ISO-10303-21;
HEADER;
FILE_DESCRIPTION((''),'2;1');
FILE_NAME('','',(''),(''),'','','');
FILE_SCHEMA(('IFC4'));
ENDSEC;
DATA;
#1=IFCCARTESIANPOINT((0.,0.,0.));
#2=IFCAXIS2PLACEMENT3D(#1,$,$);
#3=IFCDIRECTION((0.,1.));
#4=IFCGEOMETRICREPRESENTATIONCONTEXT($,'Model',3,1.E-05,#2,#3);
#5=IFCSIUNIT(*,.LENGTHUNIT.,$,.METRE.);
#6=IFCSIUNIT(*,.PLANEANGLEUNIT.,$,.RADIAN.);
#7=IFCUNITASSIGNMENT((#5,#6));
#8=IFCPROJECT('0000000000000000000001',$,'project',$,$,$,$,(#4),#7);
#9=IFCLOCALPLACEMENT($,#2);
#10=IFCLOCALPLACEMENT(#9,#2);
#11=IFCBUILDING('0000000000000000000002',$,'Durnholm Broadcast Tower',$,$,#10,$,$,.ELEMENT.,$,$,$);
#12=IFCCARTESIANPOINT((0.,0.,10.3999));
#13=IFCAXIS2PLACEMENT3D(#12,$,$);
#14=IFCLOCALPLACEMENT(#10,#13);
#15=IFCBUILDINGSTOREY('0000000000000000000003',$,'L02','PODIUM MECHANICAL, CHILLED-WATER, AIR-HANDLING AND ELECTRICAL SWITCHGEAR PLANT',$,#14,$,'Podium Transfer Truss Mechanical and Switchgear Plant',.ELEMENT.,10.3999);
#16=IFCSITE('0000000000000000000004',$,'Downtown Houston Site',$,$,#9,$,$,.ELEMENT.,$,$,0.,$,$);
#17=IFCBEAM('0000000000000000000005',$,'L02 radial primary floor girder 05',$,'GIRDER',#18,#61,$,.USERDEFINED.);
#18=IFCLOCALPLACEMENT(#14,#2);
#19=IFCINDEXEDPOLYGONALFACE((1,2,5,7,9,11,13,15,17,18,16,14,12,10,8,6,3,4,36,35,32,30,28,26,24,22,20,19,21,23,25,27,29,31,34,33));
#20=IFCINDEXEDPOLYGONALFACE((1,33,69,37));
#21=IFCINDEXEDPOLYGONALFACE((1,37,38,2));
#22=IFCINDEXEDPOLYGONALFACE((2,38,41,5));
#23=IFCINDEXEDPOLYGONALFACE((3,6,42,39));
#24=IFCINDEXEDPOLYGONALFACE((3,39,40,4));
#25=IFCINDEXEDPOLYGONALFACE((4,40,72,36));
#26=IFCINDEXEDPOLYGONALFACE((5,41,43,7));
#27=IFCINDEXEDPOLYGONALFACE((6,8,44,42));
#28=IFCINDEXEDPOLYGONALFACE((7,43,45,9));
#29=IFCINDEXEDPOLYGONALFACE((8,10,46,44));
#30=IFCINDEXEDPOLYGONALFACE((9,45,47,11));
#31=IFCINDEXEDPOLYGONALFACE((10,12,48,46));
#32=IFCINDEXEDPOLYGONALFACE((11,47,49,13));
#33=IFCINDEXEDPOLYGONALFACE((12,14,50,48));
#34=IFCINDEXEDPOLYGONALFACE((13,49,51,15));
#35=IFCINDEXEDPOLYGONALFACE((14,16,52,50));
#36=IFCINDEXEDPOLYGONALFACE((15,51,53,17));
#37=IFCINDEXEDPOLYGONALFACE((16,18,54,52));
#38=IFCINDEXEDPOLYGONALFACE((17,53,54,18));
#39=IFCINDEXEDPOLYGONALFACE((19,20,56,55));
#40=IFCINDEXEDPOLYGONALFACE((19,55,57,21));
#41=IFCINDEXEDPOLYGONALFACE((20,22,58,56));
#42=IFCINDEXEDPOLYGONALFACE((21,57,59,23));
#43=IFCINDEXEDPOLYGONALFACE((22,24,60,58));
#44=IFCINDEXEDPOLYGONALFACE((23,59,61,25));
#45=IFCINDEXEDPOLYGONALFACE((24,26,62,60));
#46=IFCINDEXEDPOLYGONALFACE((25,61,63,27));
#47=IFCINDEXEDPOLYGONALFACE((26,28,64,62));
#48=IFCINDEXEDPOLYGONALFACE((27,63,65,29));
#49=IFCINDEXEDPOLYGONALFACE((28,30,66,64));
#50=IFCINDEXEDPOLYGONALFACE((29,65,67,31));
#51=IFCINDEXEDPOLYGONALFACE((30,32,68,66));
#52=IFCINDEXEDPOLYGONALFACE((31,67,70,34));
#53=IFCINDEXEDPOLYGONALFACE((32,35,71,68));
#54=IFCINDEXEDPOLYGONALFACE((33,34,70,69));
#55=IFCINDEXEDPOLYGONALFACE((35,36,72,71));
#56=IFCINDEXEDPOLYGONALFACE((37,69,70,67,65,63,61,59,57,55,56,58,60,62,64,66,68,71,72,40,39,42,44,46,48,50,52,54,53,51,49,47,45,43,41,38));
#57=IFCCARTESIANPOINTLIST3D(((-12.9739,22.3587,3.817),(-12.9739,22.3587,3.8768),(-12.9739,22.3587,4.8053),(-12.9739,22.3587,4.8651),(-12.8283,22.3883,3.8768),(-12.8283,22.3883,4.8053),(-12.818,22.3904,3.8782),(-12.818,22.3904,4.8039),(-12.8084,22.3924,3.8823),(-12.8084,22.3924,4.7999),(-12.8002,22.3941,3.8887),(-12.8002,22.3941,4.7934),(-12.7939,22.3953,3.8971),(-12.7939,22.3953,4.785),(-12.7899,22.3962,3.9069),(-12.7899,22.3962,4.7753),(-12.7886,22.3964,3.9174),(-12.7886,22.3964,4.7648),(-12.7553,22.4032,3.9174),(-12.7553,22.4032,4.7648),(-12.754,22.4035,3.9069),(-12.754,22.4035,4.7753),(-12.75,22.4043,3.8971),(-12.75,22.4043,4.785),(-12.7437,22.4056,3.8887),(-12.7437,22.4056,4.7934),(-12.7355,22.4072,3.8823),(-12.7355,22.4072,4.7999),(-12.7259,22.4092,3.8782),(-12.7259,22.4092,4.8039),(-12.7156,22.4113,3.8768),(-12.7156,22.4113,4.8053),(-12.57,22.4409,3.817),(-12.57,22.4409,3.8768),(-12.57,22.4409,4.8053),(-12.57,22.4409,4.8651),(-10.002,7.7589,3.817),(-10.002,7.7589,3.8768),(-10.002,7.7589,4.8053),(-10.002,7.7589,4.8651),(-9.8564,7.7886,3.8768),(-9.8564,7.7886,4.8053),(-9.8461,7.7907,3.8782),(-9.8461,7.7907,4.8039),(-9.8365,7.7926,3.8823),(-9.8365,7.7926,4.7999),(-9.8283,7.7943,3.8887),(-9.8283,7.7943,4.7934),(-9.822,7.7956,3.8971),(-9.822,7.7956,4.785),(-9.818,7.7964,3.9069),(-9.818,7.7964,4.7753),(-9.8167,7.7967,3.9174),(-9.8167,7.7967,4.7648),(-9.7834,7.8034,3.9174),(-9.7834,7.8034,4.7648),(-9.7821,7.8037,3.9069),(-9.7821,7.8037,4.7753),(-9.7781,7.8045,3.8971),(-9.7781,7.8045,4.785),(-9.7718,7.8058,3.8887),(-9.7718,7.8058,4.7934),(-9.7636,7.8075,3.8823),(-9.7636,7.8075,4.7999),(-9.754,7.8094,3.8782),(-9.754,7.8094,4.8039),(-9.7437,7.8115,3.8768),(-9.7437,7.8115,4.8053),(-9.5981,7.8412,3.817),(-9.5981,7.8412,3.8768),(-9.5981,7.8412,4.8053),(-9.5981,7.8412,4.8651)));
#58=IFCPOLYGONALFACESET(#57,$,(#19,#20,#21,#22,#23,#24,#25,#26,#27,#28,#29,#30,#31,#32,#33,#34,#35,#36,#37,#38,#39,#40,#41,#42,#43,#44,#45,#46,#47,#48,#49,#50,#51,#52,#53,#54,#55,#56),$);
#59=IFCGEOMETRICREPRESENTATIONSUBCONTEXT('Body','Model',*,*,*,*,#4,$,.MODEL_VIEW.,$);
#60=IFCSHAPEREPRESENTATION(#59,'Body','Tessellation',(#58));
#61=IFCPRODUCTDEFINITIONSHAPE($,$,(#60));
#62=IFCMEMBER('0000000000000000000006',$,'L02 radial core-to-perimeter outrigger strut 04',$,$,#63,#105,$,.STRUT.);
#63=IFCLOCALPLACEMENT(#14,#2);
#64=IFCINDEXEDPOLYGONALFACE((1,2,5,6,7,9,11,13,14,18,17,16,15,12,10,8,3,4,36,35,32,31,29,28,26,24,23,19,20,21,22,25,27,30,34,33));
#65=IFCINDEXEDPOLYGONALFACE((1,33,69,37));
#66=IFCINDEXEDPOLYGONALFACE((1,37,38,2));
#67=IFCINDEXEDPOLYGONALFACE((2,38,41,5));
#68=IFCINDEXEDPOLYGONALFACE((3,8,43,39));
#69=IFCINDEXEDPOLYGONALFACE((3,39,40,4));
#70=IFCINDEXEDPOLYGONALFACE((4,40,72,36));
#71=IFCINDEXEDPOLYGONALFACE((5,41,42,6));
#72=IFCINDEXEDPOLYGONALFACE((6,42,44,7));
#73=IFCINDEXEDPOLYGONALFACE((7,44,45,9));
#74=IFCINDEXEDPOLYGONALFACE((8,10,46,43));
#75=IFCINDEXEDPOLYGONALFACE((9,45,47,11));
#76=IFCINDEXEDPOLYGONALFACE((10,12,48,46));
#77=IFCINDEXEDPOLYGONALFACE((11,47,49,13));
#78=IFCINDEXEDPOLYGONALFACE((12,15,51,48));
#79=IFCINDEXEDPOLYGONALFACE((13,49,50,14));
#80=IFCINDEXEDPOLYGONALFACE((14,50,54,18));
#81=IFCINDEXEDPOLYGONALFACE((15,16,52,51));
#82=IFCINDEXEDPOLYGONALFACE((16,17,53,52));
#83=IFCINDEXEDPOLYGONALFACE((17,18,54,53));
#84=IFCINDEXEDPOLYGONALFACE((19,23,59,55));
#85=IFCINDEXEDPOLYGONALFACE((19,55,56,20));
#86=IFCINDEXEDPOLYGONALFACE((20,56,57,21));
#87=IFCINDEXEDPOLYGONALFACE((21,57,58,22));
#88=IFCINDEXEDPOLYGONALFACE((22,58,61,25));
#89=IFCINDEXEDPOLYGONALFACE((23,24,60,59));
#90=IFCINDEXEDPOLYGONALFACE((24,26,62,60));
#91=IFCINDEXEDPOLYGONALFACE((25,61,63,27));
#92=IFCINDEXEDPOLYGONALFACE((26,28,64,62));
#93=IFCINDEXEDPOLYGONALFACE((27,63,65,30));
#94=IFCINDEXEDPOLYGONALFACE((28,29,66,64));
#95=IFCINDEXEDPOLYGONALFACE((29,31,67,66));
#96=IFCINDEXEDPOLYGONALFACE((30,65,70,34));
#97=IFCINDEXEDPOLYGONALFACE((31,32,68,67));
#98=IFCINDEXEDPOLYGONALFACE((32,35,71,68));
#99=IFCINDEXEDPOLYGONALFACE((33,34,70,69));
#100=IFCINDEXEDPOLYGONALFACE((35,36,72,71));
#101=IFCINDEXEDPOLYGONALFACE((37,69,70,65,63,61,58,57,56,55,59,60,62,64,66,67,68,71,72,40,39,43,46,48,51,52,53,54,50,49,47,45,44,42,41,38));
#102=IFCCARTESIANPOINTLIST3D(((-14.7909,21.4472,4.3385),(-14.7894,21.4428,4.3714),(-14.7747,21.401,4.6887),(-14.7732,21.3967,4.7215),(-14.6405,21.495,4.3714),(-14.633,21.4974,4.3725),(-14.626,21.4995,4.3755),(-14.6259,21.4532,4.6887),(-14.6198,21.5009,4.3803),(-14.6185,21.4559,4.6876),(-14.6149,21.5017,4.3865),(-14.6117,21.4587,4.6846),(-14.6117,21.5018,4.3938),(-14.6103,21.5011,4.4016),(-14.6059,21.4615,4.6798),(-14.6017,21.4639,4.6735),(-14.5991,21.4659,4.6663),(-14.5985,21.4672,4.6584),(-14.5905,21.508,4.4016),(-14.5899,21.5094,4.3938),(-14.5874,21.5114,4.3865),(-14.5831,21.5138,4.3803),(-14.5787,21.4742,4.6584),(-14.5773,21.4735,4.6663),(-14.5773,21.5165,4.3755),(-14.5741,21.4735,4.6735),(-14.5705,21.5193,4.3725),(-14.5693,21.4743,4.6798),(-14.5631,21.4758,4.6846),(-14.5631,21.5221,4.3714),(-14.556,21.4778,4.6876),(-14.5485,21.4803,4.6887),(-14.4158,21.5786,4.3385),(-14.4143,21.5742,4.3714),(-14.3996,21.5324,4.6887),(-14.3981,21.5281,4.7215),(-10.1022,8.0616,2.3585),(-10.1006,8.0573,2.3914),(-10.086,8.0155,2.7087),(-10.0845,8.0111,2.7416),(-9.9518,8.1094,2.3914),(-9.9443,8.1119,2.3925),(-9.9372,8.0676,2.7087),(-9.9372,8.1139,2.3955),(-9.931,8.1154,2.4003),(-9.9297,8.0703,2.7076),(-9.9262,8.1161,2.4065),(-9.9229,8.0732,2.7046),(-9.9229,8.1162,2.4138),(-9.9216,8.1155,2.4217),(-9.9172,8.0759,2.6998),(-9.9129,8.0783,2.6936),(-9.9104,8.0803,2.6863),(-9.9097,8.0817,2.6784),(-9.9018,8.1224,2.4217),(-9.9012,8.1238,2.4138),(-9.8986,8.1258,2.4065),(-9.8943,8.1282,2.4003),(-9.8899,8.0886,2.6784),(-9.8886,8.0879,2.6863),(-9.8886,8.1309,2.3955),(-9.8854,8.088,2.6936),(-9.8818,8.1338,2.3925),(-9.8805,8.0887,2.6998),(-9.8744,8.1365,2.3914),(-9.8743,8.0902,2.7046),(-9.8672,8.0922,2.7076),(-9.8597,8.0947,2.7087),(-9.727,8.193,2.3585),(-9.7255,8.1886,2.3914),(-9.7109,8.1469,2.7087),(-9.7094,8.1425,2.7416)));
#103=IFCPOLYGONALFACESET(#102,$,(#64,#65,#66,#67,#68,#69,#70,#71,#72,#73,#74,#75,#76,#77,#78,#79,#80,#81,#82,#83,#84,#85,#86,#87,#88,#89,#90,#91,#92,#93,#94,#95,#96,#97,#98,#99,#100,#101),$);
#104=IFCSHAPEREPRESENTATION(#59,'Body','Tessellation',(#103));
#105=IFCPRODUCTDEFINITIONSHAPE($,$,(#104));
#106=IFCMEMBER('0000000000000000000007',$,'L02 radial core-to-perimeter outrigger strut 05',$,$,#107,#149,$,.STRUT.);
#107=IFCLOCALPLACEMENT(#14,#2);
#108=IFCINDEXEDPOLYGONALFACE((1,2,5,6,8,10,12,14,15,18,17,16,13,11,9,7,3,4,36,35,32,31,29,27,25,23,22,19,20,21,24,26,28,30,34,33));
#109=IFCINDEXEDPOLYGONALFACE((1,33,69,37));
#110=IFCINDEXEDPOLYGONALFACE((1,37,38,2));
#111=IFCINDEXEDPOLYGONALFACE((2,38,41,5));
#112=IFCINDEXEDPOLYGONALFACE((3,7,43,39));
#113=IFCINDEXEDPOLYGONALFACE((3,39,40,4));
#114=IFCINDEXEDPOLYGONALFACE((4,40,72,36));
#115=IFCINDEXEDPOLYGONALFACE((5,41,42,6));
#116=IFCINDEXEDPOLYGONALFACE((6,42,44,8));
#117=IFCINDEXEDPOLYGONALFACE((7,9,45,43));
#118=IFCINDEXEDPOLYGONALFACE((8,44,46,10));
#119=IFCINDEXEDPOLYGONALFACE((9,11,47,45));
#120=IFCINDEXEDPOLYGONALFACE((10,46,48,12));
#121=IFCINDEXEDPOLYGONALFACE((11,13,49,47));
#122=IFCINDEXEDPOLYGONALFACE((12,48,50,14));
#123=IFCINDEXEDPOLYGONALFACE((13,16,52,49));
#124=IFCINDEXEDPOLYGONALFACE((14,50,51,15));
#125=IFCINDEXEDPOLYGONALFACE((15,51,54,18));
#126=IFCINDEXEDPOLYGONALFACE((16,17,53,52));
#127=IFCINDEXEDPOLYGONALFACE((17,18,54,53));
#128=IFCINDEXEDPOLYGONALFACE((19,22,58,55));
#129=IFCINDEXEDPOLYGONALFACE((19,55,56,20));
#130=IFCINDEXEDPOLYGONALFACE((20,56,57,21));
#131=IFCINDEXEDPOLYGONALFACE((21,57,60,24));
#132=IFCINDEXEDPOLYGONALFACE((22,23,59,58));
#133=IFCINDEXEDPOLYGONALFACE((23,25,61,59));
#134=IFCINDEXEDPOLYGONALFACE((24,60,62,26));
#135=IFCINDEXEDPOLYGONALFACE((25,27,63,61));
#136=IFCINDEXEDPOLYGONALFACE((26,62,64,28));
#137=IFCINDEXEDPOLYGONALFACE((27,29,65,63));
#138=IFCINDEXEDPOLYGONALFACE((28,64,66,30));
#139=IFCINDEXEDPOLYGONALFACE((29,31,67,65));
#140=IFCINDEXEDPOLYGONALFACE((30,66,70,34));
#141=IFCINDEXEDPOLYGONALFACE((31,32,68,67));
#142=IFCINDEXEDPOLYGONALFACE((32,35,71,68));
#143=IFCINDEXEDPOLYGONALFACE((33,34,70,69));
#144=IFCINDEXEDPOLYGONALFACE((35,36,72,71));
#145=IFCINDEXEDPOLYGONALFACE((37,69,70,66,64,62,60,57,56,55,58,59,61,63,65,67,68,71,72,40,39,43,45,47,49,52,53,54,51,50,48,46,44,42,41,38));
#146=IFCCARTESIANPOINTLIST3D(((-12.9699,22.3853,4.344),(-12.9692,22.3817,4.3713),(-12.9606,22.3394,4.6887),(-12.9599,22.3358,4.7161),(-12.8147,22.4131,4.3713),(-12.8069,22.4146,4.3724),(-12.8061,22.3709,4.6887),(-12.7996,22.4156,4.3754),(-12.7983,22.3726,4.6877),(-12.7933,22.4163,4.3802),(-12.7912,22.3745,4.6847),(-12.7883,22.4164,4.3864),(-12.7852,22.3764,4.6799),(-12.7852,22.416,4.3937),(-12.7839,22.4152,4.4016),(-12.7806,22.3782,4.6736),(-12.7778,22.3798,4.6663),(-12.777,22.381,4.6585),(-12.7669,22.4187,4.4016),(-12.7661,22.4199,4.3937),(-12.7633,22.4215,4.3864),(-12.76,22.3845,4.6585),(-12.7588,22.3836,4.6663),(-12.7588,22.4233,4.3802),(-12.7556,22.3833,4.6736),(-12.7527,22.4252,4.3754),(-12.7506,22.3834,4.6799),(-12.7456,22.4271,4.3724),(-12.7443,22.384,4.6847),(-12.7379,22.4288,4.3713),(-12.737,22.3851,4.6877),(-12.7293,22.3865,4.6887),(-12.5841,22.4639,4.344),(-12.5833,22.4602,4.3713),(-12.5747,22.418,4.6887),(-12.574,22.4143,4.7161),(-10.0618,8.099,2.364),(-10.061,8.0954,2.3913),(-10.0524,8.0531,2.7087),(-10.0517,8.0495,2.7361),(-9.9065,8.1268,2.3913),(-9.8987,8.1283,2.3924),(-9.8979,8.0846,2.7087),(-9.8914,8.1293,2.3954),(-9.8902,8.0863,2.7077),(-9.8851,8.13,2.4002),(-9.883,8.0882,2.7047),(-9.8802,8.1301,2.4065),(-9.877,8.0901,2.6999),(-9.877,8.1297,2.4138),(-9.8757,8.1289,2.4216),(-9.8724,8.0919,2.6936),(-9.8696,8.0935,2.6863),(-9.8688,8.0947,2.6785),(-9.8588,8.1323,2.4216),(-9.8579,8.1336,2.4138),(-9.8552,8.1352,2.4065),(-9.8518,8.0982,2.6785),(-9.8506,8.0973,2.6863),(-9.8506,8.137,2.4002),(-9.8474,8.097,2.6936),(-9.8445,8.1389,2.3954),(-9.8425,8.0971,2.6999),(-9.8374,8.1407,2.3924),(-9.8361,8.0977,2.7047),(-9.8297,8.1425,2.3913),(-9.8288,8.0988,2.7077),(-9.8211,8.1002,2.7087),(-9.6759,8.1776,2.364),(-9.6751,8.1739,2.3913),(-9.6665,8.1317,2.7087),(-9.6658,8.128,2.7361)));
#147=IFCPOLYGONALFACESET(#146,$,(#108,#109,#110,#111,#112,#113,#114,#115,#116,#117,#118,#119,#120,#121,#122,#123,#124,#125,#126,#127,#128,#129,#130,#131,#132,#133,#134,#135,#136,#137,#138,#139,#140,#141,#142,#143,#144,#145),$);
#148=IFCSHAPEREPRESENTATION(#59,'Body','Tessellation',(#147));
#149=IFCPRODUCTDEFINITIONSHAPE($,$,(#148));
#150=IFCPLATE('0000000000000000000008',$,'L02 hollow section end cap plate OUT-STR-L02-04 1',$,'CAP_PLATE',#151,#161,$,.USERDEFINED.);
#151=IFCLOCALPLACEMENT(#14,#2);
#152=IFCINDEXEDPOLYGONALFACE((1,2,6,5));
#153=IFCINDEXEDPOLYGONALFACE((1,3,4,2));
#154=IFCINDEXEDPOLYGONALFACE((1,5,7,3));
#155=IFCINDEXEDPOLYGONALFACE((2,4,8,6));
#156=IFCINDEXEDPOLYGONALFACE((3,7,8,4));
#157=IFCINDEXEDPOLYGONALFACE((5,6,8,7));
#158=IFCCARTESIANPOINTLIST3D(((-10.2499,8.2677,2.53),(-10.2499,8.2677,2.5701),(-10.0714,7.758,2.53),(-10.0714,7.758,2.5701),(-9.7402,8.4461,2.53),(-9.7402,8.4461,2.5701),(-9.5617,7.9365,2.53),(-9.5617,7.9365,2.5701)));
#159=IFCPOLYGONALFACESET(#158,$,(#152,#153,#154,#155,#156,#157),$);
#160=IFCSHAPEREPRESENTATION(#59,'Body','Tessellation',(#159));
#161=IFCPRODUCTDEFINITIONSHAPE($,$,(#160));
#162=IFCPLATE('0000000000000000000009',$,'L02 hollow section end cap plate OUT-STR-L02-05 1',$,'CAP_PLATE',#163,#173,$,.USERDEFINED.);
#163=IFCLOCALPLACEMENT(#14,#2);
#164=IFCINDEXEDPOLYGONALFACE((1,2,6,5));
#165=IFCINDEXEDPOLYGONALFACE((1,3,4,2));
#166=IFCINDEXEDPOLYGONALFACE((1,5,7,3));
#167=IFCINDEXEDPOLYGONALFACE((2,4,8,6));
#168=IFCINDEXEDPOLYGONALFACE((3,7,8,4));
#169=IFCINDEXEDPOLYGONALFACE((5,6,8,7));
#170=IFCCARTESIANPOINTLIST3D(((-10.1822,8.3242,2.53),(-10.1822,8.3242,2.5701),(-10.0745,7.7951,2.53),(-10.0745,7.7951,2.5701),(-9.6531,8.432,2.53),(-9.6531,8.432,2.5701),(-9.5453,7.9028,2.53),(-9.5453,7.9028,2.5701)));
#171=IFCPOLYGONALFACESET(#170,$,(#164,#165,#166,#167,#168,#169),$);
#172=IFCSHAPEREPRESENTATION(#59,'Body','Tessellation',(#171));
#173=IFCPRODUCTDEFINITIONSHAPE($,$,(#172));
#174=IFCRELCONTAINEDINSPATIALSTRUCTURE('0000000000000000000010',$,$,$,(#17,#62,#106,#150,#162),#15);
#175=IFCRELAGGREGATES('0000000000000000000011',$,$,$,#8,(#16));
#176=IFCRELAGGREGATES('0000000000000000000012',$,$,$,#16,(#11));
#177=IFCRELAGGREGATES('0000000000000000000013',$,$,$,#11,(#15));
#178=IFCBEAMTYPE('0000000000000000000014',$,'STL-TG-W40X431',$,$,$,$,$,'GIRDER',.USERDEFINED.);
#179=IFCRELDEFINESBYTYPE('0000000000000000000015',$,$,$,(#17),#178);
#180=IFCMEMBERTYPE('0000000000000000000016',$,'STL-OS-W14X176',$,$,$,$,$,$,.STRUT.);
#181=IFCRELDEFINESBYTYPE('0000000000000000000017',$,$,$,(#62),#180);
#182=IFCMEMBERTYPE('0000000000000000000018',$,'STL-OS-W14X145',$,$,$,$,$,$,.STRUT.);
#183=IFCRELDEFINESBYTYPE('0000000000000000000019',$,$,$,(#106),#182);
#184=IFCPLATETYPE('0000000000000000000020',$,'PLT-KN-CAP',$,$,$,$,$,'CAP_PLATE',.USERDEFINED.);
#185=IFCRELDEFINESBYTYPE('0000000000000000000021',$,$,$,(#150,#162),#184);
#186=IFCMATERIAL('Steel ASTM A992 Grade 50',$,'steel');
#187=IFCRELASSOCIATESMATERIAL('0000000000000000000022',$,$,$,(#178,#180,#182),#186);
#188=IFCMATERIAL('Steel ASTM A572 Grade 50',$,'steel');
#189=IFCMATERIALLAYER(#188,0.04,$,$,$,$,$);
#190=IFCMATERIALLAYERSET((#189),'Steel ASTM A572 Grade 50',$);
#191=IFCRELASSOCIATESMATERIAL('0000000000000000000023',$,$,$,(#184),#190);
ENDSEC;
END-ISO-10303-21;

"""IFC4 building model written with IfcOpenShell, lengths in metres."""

from ifc_helpers import new_model, si_unit, direction, frame, origin, origin_2d, place, context, subcontext, project, spatial, rectangle, i_section, extrude, source, transform, mapped, material, layer, layer_set, material_profile, profile_set, type_object, type_shapes, element, save


model = new_model("IFC4")

# Units and contexts
model_context = context("Model", 3, precision=1e-05, world=origin(), true_north=direction((0.0, 1.0)))
body_context = subcontext(model_context, "Body", "Model", "MODEL_VIEW")
ifc_project = project(units=[si_unit("LENGTHUNIT", "METRE"), si_unit("PLANEANGLEUNIT", "RADIAN")], contexts=[model_context])

# Site, building, storey
site_placement = place(None, origin())
site = spatial("IfcSite", under=ifc_project, at=site_placement, Name="Downtown Houston Site", CompositionType="ELEMENT", RefElevation=0.0)
building_placement = place(site_placement, origin())
building = spatial("IfcBuilding", under=site, at=building_placement, Name="Durnholm Broadcast Tower", CompositionType="ELEMENT")
storey_placement = place(building_placement, frame((0.0, 0.0, 10.3999)))
storey = spatial("IfcBuildingStorey", under=building, at=storey_placement, Name="L02", Description="PODIUM MECHANICAL, CHILLED-WATER, AIR-HANDLING AND ELECTRICAL SWITCHGEAR PLANT", LongName="Podium Transfer Truss Mechanical and Switchgear Plant", CompositionType="ELEMENT", Elevation=10.3999)

# Beam
ifc_material_1 = material(Name="Steel ASTM A992 Grade 50", Category="steel")
ifc_material_profile_1 = material_profile(ifc_material_1, i_section(OverallWidth=0.4121, OverallDepth=1.0481, WebThickness=0.0339, FlangeThickness=0.0598, FilletRadius=0.0405, at=origin_2d()), Name="W40X431")
ifc_profile_set_1 = profile_set([ifc_material_profile_1], Name="Steel ASTM A992 Grade 50")
beam_type = type_object("IfcBeamType", Name="STL-TG-W40X431", ElementType="GIRDER", PredefinedType="USERDEFINED", material=ifc_profile_set_1)
shared_shape_1 = source(origin(), body_context, "Body", "SweptSolid", [
    extrude(i_section(OverallWidth=0.4121, OverallDepth=1.0481, WebThickness=0.0339, FlangeThickness=0.0598, FilletRadius=0.0405, at=origin_2d()), origin(), (0.0, 0.0, 1.0), 14.8992),
])
beam_1_placement = place(storey_placement, frame((-9.8, 7.8, 4.3411), z_axis=(-0.199468, 0.979904, 0.0), x_axis=(-0.979904, -0.199468, 0.0)))
element("IfcBeam", 1, at=beam_1_placement, inside=storey, type_object=beam_type, Name="L02 radial primary floor girder 05", ObjectType="GIRDER", PredefinedType="USERDEFINED", context=body_context, shape_type="MappedRepresentation", body=[
    mapped(shared_shape_1, transform((0.0, 0.0, 0.0), x_axis=(1.0, 0.0, 0.0), y_axis=(0.0, 1.0, 0.0), z_axis=(0.0, 0.0, 1.0), scale=1.0)),
])

# Members
ifc_material_profile_2 = material_profile(ifc_material_1, i_section(OverallWidth=0.3975, OverallDepth=0.3867, WebThickness=0.021, FlangeThickness=0.0332, FilletRadius=0.0305, at=origin_2d()), Name="W14X176")
ifc_profile_set_2 = profile_set([ifc_material_profile_2], Name="Steel ASTM A992 Grade 50")
member_type_1 = type_object("IfcMemberType", Name="STL-OS-W14X176", PredefinedType="STRUT", material=ifc_profile_set_2)
shared_shape_2 = source(origin(), body_context, "Body", "SweptSolid", [
    extrude(i_section(OverallWidth=0.3975, OverallDepth=0.3867, WebThickness=0.021, FlangeThickness=0.0332, FilletRadius=0.0305, at=origin_2d()), origin(), (0.0, 0.0, 1.0), 14.3206),
])
type_shapes(member_type_1, [shared_shape_2])
member_1_placement = place(storey_placement, frame((-9.9058, 8.1021, 2.55), z_axis=(-0.327414, 0.934711, 0.138262), x_axis=(-0.943775, -0.330589, 0.0)))
element("IfcMember", 2, at=member_1_placement, inside=storey, type_object=member_type_1, Name="L02 radial core-to-perimeter outrigger strut 04", PredefinedType="STRUT", context=body_context, shape_type="MappedRepresentation", body=[
    mapped(shared_shape_2, transform((0.0, 0.0, 0.0), x_axis=(1.0, 0.0, 0.0), y_axis=(0.0, 1.0, 0.0), z_axis=(0.0, 0.0, 1.0), scale=1.0)),
])
ifc_material_profile_3 = material_profile(ifc_material_1, i_section(OverallWidth=0.3938, OverallDepth=0.3755, WebThickness=0.0173, FlangeThickness=0.0276, FilletRadius=0.0305, at=origin_2d()), Name="W14X145")
ifc_profile_set_3 = profile_set([ifc_material_profile_3], Name="Steel ASTM A992 Grade 50")
member_type_2 = type_object("IfcMemberType", Name="STL-OS-W14X145", PredefinedType="STRUT", material=ifc_profile_set_3)
shared_shape_3 = source(origin(), body_context, "Body", "SweptSolid", [
    extrude(i_section(OverallWidth=0.3938, OverallDepth=0.3755, WebThickness=0.0173, FlangeThickness=0.0276, FilletRadius=0.0305, at=origin_2d()), origin(), (0.0, 0.0, 1.0), 14.7131),
])
type_shapes(member_type_2, [shared_shape_3])
member_2_placement = place(storey_placement, frame((-9.8638, 8.1135, 2.55), z_axis=(-0.197659, 0.97099, 0.134572), x_axis=(-0.979903, -0.199474, 0.0)))
element("IfcMember", 3, at=member_2_placement, inside=storey, type_object=member_type_2, Name="L02 radial core-to-perimeter outrigger strut 05", PredefinedType="STRUT", context=body_context, shape_type="MappedRepresentation", body=[
    mapped(shared_shape_3, transform((0.0, 0.0, 0.0), x_axis=(1.0, 0.0, 0.0), y_axis=(0.0, 1.0, 0.0), z_axis=(0.0, 0.0, 1.0), scale=1.0)),
])

# Plates
ifc_material_2 = material(Name="Steel ASTM A572 Grade 50", Category="steel")
ifc_layer_1 = layer(ifc_material_2, 0.04)
ifc_layer_set_1 = layer_set([ifc_layer_1], Name="Steel ASTM A572 Grade 50")
plate_type_1 = type_object("IfcPlateType", Name="PLT-KN-CAP", ElementType="CAP_PLATE", PredefinedType="USERDEFINED", material=ifc_layer_set_1)
shared_shape_4 = source(origin(), body_context, "Body", "SweptSolid", [
    extrude(rectangle(XDim=0.54, YDim=0.54, at=origin_2d()), origin(), (0.0, 0.0, 1.0), 0.04),
])
type_shapes(plate_type_1, [shared_shape_4])
for number, where, z_axis, x_axis, name in (
    (4, (-9.9058, 8.1021, 2.53), (0.0, 0.0, 1.0), (-0.330514, 0.943801, 0.0), "L02 hollow section end cap plate OUT-STR-L02-04 1"),
    (5, (-9.8638, 8.1135, 2.53), (0.0, 0.0, 1.0), (-0.199539, 0.97989, 0.0), "L02 hollow section end cap plate OUT-STR-L02-05 1"),
):
    element("IfcPlate", number, at=place(storey_placement, frame(where, z_axis=z_axis, x_axis=x_axis)), inside=storey, type_object=plate_type_1, Name=name, ObjectType="CAP_PLATE", PredefinedType="USERDEFINED", context=body_context, shape_type="MappedRepresentation", body=[
        mapped(shared_shape_4, transform((0.0, 0.0, 0.0), x_axis=(1.0, 0.0, 0.0), y_axis=(0.0, 1.0, 0.0), z_axis=(0.0, 0.0, 1.0), scale=1.0)),
    ])

save(model, "model.ifc")
